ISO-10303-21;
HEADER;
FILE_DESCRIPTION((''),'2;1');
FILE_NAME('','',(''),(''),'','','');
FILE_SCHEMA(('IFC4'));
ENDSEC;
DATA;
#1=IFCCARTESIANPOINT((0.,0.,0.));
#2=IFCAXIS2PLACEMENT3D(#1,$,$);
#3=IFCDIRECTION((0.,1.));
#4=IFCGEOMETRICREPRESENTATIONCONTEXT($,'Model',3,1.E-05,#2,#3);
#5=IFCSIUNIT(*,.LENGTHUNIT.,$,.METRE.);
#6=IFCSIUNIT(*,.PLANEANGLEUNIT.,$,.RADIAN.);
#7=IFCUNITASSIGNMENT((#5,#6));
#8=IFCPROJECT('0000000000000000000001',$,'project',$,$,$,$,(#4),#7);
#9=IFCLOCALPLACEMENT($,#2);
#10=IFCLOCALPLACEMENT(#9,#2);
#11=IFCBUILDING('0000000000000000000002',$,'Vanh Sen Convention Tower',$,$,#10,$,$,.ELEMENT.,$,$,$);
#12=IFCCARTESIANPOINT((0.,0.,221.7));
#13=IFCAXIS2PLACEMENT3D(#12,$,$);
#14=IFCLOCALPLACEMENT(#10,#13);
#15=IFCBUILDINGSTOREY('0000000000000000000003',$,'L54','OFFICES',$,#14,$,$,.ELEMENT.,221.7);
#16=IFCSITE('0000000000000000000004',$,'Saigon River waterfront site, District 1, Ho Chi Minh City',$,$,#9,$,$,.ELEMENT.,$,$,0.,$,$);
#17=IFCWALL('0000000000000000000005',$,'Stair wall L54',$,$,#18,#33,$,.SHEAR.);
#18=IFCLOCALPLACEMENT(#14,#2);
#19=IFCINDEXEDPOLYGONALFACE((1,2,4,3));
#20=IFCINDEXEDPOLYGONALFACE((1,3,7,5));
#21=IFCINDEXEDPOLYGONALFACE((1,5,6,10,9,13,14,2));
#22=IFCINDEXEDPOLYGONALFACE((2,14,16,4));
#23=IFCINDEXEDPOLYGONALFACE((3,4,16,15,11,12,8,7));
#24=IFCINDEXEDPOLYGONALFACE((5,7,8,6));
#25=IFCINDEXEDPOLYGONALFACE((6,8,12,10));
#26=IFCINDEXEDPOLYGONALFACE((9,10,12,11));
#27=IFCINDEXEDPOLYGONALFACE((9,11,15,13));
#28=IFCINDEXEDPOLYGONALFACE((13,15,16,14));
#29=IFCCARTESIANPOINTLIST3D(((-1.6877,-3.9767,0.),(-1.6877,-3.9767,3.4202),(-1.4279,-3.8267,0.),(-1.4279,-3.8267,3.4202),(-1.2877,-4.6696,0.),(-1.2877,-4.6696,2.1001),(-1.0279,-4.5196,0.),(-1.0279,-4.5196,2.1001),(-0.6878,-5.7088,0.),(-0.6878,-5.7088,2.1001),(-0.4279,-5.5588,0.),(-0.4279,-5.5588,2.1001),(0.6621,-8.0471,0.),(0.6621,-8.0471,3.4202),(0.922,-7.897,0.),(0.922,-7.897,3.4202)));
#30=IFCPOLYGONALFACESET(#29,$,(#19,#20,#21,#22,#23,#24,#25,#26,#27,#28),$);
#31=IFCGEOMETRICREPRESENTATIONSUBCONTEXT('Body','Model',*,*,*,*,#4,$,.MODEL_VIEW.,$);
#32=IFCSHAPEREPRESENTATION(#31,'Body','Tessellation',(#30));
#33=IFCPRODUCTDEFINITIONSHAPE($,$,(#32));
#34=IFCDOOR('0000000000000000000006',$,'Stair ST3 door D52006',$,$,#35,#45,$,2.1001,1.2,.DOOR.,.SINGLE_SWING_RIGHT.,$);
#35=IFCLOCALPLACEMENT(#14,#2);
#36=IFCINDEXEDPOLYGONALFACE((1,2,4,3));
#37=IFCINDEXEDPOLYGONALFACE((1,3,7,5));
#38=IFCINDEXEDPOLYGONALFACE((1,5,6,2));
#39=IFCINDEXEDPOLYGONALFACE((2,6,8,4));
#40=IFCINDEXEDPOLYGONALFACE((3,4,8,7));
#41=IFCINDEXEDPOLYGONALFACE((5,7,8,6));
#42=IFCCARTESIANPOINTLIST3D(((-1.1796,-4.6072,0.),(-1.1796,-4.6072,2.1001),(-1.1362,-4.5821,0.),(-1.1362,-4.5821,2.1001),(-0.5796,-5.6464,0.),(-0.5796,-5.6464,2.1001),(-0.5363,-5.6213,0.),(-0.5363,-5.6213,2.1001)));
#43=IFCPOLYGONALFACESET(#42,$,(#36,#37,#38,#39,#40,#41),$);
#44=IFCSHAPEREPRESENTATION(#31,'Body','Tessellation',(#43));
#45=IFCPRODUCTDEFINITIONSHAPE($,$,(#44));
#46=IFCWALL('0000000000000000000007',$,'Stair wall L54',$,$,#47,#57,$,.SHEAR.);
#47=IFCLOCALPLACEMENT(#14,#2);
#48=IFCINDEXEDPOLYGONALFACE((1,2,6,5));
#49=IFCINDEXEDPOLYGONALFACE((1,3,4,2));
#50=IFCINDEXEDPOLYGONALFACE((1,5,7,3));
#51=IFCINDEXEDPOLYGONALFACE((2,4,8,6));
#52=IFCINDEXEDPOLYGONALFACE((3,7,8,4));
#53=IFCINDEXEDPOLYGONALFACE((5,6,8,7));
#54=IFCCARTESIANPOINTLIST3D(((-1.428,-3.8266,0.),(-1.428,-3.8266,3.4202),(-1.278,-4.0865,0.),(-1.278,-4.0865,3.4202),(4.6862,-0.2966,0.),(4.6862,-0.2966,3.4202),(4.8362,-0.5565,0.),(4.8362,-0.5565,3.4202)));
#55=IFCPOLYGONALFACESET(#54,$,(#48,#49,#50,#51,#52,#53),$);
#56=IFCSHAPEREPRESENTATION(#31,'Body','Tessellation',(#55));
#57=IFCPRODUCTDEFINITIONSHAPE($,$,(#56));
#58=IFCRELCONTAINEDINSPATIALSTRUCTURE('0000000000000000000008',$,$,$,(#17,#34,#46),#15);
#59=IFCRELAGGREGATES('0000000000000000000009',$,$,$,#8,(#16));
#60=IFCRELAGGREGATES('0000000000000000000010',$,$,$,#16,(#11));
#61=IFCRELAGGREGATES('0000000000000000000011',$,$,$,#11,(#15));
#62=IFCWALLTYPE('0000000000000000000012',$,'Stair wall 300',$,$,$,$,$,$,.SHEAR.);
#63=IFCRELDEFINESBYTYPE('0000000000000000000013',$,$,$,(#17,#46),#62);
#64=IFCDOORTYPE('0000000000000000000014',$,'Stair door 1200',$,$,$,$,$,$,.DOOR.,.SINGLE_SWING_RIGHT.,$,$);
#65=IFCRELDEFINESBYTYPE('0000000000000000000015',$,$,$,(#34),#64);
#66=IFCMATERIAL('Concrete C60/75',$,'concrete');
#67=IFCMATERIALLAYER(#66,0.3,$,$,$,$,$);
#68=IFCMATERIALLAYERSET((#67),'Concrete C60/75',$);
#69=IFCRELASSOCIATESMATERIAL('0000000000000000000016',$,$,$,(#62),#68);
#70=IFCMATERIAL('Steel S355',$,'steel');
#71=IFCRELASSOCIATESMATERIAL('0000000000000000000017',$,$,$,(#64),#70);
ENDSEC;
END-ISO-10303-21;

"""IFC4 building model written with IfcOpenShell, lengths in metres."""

from ifc_helpers import new_model, si_unit, direction, frame, frame_2d, origin, place, context, subcontext, project, spatial, rectangle, extrude, material, layer, layer_set, type_object, element, fill, save


model = new_model("IFC4")

# Units and contexts
model_context = context("Model", 3, precision=1e-05, world=origin(), true_north=direction((0.0, 1.0)))
body_context = subcontext(model_context, "Body", "Model", "MODEL_VIEW")
ifc_project = project(units=[si_unit("LENGTHUNIT", "METRE"), si_unit("PLANEANGLEUNIT", "RADIAN")], contexts=[model_context])

# Site, building, storey
site_placement = place(None, origin())
site = spatial("IfcSite", under=ifc_project, at=site_placement, Name="Saigon River waterfront site, District 1, Ho Chi Minh City", CompositionType="ELEMENT", RefElevation=0.0)
building_placement = place(site_placement, origin())
building = spatial("IfcBuilding", under=site, at=building_placement, Name="Vanh Sen Convention Tower", CompositionType="ELEMENT")
storey_placement = place(building_placement, frame((0.0, 0.0, 221.7)))
storey = spatial("IfcBuildingStorey", under=building, at=storey_placement, Name="L54", Description="OFFICES", CompositionType="ELEMENT", Elevation=221.7)

# Shared definitions
ifc_material_1 = material(Name="Concrete C60/75", Category="concrete")
ifc_material_2 = material(Name="Steel S355", Category="steel")

# Shared definitions
ifc_layer_1 = layer(ifc_material_1, 0.3)
ifc_layer_set_1 = layer_set([ifc_layer_1], Name="Concrete C60/75")
wall_type_1 = type_object("IfcWallType", Name="Stair wall 300", PredefinedType="SHEAR", material=ifc_layer_set_1)

# Wall, opening, door
wall_1_placement = place(storey_placement, frame((-1.5579, -3.9016, 0.0), z_axis=(0.0, 0.0, 1.0), x_axis=(0.499977, -0.866039, 0.0)))
wall_1 = element("IfcWall", 1, at=wall_1_placement, inside=storey, type_object=wall_type_1, Name="Stair wall L54", PredefinedType="SHEAR", context=body_context, shape_type="SweptSolid", body=[
    extrude(rectangle(XDim=4.7, YDim=0.3, at=frame_2d((2.3501, 0.0))), origin(), (0.0, 0.0, 1.0), 3.4202),
])
opening_1_placement = place(wall_1_placement, frame((0.8, 0.0, 0.0)))
opening_1 = element("IfcOpeningElement", 2, at=opening_1_placement, cuts=wall_1, PredefinedType="OPENING", context=body_context, shape_type="SweptSolid", body=[
    extrude(rectangle(XDim=1.2, YDim=2.1001, at=frame_2d((0.6001, 1.05))), frame((0.0, 0.1599, 0.0), z_axis=(0.0, -1.0, 0.0), x_axis=(1.0, 0.0, 0.0)), (0.0, 0.0, 1.0), 0.3201),
])
door_type_1 = type_object("IfcDoorType", Name="Stair door 1200", OperationType="SINGLE_SWING_RIGHT", PredefinedType="DOOR", material=ifc_material_2)
door_1_placement = place(opening_1_placement, origin())
door_1 = element("IfcDoor", 3, at=door_1_placement, inside=storey, type_object=door_type_1, Name="Stair ST3 door D52006", OperationType="SINGLE_SWING_RIGHT", OverallHeight=2.1001, OverallWidth=1.2, PredefinedType="DOOR", context=body_context, shape_type="SweptSolid", body=[
    extrude(rectangle(XDim=1.2, YDim=2.1001, at=frame_2d((0.6001, 1.05))), frame((0.0, 0.0249, 0.0), z_axis=(0.0, -1.0, 0.0), x_axis=(1.0, 0.0, 0.0)), (0.0, 0.0, 1.0), 0.05),
])
fill(opening_1, door_1)

# Wall
wall_2_placement = place(storey_placement, frame((-1.353, -3.9565, 0.0), z_axis=(0.0, 0.0, 1.0), x_axis=(0.866028, 0.499996, 0.0)))
element("IfcWall", 4, at=wall_2_placement, inside=storey, type_object=wall_type_1, Name="Stair wall L54", PredefinedType="SHEAR", context=body_context, shape_type="SweptSolid", body=[
    extrude(rectangle(XDim=7.0601, YDim=0.3, at=frame_2d((3.53, 0.0))), origin(), (0.0, 0.0, 1.0), 3.4202),
])

save(model, "model.ifc")
